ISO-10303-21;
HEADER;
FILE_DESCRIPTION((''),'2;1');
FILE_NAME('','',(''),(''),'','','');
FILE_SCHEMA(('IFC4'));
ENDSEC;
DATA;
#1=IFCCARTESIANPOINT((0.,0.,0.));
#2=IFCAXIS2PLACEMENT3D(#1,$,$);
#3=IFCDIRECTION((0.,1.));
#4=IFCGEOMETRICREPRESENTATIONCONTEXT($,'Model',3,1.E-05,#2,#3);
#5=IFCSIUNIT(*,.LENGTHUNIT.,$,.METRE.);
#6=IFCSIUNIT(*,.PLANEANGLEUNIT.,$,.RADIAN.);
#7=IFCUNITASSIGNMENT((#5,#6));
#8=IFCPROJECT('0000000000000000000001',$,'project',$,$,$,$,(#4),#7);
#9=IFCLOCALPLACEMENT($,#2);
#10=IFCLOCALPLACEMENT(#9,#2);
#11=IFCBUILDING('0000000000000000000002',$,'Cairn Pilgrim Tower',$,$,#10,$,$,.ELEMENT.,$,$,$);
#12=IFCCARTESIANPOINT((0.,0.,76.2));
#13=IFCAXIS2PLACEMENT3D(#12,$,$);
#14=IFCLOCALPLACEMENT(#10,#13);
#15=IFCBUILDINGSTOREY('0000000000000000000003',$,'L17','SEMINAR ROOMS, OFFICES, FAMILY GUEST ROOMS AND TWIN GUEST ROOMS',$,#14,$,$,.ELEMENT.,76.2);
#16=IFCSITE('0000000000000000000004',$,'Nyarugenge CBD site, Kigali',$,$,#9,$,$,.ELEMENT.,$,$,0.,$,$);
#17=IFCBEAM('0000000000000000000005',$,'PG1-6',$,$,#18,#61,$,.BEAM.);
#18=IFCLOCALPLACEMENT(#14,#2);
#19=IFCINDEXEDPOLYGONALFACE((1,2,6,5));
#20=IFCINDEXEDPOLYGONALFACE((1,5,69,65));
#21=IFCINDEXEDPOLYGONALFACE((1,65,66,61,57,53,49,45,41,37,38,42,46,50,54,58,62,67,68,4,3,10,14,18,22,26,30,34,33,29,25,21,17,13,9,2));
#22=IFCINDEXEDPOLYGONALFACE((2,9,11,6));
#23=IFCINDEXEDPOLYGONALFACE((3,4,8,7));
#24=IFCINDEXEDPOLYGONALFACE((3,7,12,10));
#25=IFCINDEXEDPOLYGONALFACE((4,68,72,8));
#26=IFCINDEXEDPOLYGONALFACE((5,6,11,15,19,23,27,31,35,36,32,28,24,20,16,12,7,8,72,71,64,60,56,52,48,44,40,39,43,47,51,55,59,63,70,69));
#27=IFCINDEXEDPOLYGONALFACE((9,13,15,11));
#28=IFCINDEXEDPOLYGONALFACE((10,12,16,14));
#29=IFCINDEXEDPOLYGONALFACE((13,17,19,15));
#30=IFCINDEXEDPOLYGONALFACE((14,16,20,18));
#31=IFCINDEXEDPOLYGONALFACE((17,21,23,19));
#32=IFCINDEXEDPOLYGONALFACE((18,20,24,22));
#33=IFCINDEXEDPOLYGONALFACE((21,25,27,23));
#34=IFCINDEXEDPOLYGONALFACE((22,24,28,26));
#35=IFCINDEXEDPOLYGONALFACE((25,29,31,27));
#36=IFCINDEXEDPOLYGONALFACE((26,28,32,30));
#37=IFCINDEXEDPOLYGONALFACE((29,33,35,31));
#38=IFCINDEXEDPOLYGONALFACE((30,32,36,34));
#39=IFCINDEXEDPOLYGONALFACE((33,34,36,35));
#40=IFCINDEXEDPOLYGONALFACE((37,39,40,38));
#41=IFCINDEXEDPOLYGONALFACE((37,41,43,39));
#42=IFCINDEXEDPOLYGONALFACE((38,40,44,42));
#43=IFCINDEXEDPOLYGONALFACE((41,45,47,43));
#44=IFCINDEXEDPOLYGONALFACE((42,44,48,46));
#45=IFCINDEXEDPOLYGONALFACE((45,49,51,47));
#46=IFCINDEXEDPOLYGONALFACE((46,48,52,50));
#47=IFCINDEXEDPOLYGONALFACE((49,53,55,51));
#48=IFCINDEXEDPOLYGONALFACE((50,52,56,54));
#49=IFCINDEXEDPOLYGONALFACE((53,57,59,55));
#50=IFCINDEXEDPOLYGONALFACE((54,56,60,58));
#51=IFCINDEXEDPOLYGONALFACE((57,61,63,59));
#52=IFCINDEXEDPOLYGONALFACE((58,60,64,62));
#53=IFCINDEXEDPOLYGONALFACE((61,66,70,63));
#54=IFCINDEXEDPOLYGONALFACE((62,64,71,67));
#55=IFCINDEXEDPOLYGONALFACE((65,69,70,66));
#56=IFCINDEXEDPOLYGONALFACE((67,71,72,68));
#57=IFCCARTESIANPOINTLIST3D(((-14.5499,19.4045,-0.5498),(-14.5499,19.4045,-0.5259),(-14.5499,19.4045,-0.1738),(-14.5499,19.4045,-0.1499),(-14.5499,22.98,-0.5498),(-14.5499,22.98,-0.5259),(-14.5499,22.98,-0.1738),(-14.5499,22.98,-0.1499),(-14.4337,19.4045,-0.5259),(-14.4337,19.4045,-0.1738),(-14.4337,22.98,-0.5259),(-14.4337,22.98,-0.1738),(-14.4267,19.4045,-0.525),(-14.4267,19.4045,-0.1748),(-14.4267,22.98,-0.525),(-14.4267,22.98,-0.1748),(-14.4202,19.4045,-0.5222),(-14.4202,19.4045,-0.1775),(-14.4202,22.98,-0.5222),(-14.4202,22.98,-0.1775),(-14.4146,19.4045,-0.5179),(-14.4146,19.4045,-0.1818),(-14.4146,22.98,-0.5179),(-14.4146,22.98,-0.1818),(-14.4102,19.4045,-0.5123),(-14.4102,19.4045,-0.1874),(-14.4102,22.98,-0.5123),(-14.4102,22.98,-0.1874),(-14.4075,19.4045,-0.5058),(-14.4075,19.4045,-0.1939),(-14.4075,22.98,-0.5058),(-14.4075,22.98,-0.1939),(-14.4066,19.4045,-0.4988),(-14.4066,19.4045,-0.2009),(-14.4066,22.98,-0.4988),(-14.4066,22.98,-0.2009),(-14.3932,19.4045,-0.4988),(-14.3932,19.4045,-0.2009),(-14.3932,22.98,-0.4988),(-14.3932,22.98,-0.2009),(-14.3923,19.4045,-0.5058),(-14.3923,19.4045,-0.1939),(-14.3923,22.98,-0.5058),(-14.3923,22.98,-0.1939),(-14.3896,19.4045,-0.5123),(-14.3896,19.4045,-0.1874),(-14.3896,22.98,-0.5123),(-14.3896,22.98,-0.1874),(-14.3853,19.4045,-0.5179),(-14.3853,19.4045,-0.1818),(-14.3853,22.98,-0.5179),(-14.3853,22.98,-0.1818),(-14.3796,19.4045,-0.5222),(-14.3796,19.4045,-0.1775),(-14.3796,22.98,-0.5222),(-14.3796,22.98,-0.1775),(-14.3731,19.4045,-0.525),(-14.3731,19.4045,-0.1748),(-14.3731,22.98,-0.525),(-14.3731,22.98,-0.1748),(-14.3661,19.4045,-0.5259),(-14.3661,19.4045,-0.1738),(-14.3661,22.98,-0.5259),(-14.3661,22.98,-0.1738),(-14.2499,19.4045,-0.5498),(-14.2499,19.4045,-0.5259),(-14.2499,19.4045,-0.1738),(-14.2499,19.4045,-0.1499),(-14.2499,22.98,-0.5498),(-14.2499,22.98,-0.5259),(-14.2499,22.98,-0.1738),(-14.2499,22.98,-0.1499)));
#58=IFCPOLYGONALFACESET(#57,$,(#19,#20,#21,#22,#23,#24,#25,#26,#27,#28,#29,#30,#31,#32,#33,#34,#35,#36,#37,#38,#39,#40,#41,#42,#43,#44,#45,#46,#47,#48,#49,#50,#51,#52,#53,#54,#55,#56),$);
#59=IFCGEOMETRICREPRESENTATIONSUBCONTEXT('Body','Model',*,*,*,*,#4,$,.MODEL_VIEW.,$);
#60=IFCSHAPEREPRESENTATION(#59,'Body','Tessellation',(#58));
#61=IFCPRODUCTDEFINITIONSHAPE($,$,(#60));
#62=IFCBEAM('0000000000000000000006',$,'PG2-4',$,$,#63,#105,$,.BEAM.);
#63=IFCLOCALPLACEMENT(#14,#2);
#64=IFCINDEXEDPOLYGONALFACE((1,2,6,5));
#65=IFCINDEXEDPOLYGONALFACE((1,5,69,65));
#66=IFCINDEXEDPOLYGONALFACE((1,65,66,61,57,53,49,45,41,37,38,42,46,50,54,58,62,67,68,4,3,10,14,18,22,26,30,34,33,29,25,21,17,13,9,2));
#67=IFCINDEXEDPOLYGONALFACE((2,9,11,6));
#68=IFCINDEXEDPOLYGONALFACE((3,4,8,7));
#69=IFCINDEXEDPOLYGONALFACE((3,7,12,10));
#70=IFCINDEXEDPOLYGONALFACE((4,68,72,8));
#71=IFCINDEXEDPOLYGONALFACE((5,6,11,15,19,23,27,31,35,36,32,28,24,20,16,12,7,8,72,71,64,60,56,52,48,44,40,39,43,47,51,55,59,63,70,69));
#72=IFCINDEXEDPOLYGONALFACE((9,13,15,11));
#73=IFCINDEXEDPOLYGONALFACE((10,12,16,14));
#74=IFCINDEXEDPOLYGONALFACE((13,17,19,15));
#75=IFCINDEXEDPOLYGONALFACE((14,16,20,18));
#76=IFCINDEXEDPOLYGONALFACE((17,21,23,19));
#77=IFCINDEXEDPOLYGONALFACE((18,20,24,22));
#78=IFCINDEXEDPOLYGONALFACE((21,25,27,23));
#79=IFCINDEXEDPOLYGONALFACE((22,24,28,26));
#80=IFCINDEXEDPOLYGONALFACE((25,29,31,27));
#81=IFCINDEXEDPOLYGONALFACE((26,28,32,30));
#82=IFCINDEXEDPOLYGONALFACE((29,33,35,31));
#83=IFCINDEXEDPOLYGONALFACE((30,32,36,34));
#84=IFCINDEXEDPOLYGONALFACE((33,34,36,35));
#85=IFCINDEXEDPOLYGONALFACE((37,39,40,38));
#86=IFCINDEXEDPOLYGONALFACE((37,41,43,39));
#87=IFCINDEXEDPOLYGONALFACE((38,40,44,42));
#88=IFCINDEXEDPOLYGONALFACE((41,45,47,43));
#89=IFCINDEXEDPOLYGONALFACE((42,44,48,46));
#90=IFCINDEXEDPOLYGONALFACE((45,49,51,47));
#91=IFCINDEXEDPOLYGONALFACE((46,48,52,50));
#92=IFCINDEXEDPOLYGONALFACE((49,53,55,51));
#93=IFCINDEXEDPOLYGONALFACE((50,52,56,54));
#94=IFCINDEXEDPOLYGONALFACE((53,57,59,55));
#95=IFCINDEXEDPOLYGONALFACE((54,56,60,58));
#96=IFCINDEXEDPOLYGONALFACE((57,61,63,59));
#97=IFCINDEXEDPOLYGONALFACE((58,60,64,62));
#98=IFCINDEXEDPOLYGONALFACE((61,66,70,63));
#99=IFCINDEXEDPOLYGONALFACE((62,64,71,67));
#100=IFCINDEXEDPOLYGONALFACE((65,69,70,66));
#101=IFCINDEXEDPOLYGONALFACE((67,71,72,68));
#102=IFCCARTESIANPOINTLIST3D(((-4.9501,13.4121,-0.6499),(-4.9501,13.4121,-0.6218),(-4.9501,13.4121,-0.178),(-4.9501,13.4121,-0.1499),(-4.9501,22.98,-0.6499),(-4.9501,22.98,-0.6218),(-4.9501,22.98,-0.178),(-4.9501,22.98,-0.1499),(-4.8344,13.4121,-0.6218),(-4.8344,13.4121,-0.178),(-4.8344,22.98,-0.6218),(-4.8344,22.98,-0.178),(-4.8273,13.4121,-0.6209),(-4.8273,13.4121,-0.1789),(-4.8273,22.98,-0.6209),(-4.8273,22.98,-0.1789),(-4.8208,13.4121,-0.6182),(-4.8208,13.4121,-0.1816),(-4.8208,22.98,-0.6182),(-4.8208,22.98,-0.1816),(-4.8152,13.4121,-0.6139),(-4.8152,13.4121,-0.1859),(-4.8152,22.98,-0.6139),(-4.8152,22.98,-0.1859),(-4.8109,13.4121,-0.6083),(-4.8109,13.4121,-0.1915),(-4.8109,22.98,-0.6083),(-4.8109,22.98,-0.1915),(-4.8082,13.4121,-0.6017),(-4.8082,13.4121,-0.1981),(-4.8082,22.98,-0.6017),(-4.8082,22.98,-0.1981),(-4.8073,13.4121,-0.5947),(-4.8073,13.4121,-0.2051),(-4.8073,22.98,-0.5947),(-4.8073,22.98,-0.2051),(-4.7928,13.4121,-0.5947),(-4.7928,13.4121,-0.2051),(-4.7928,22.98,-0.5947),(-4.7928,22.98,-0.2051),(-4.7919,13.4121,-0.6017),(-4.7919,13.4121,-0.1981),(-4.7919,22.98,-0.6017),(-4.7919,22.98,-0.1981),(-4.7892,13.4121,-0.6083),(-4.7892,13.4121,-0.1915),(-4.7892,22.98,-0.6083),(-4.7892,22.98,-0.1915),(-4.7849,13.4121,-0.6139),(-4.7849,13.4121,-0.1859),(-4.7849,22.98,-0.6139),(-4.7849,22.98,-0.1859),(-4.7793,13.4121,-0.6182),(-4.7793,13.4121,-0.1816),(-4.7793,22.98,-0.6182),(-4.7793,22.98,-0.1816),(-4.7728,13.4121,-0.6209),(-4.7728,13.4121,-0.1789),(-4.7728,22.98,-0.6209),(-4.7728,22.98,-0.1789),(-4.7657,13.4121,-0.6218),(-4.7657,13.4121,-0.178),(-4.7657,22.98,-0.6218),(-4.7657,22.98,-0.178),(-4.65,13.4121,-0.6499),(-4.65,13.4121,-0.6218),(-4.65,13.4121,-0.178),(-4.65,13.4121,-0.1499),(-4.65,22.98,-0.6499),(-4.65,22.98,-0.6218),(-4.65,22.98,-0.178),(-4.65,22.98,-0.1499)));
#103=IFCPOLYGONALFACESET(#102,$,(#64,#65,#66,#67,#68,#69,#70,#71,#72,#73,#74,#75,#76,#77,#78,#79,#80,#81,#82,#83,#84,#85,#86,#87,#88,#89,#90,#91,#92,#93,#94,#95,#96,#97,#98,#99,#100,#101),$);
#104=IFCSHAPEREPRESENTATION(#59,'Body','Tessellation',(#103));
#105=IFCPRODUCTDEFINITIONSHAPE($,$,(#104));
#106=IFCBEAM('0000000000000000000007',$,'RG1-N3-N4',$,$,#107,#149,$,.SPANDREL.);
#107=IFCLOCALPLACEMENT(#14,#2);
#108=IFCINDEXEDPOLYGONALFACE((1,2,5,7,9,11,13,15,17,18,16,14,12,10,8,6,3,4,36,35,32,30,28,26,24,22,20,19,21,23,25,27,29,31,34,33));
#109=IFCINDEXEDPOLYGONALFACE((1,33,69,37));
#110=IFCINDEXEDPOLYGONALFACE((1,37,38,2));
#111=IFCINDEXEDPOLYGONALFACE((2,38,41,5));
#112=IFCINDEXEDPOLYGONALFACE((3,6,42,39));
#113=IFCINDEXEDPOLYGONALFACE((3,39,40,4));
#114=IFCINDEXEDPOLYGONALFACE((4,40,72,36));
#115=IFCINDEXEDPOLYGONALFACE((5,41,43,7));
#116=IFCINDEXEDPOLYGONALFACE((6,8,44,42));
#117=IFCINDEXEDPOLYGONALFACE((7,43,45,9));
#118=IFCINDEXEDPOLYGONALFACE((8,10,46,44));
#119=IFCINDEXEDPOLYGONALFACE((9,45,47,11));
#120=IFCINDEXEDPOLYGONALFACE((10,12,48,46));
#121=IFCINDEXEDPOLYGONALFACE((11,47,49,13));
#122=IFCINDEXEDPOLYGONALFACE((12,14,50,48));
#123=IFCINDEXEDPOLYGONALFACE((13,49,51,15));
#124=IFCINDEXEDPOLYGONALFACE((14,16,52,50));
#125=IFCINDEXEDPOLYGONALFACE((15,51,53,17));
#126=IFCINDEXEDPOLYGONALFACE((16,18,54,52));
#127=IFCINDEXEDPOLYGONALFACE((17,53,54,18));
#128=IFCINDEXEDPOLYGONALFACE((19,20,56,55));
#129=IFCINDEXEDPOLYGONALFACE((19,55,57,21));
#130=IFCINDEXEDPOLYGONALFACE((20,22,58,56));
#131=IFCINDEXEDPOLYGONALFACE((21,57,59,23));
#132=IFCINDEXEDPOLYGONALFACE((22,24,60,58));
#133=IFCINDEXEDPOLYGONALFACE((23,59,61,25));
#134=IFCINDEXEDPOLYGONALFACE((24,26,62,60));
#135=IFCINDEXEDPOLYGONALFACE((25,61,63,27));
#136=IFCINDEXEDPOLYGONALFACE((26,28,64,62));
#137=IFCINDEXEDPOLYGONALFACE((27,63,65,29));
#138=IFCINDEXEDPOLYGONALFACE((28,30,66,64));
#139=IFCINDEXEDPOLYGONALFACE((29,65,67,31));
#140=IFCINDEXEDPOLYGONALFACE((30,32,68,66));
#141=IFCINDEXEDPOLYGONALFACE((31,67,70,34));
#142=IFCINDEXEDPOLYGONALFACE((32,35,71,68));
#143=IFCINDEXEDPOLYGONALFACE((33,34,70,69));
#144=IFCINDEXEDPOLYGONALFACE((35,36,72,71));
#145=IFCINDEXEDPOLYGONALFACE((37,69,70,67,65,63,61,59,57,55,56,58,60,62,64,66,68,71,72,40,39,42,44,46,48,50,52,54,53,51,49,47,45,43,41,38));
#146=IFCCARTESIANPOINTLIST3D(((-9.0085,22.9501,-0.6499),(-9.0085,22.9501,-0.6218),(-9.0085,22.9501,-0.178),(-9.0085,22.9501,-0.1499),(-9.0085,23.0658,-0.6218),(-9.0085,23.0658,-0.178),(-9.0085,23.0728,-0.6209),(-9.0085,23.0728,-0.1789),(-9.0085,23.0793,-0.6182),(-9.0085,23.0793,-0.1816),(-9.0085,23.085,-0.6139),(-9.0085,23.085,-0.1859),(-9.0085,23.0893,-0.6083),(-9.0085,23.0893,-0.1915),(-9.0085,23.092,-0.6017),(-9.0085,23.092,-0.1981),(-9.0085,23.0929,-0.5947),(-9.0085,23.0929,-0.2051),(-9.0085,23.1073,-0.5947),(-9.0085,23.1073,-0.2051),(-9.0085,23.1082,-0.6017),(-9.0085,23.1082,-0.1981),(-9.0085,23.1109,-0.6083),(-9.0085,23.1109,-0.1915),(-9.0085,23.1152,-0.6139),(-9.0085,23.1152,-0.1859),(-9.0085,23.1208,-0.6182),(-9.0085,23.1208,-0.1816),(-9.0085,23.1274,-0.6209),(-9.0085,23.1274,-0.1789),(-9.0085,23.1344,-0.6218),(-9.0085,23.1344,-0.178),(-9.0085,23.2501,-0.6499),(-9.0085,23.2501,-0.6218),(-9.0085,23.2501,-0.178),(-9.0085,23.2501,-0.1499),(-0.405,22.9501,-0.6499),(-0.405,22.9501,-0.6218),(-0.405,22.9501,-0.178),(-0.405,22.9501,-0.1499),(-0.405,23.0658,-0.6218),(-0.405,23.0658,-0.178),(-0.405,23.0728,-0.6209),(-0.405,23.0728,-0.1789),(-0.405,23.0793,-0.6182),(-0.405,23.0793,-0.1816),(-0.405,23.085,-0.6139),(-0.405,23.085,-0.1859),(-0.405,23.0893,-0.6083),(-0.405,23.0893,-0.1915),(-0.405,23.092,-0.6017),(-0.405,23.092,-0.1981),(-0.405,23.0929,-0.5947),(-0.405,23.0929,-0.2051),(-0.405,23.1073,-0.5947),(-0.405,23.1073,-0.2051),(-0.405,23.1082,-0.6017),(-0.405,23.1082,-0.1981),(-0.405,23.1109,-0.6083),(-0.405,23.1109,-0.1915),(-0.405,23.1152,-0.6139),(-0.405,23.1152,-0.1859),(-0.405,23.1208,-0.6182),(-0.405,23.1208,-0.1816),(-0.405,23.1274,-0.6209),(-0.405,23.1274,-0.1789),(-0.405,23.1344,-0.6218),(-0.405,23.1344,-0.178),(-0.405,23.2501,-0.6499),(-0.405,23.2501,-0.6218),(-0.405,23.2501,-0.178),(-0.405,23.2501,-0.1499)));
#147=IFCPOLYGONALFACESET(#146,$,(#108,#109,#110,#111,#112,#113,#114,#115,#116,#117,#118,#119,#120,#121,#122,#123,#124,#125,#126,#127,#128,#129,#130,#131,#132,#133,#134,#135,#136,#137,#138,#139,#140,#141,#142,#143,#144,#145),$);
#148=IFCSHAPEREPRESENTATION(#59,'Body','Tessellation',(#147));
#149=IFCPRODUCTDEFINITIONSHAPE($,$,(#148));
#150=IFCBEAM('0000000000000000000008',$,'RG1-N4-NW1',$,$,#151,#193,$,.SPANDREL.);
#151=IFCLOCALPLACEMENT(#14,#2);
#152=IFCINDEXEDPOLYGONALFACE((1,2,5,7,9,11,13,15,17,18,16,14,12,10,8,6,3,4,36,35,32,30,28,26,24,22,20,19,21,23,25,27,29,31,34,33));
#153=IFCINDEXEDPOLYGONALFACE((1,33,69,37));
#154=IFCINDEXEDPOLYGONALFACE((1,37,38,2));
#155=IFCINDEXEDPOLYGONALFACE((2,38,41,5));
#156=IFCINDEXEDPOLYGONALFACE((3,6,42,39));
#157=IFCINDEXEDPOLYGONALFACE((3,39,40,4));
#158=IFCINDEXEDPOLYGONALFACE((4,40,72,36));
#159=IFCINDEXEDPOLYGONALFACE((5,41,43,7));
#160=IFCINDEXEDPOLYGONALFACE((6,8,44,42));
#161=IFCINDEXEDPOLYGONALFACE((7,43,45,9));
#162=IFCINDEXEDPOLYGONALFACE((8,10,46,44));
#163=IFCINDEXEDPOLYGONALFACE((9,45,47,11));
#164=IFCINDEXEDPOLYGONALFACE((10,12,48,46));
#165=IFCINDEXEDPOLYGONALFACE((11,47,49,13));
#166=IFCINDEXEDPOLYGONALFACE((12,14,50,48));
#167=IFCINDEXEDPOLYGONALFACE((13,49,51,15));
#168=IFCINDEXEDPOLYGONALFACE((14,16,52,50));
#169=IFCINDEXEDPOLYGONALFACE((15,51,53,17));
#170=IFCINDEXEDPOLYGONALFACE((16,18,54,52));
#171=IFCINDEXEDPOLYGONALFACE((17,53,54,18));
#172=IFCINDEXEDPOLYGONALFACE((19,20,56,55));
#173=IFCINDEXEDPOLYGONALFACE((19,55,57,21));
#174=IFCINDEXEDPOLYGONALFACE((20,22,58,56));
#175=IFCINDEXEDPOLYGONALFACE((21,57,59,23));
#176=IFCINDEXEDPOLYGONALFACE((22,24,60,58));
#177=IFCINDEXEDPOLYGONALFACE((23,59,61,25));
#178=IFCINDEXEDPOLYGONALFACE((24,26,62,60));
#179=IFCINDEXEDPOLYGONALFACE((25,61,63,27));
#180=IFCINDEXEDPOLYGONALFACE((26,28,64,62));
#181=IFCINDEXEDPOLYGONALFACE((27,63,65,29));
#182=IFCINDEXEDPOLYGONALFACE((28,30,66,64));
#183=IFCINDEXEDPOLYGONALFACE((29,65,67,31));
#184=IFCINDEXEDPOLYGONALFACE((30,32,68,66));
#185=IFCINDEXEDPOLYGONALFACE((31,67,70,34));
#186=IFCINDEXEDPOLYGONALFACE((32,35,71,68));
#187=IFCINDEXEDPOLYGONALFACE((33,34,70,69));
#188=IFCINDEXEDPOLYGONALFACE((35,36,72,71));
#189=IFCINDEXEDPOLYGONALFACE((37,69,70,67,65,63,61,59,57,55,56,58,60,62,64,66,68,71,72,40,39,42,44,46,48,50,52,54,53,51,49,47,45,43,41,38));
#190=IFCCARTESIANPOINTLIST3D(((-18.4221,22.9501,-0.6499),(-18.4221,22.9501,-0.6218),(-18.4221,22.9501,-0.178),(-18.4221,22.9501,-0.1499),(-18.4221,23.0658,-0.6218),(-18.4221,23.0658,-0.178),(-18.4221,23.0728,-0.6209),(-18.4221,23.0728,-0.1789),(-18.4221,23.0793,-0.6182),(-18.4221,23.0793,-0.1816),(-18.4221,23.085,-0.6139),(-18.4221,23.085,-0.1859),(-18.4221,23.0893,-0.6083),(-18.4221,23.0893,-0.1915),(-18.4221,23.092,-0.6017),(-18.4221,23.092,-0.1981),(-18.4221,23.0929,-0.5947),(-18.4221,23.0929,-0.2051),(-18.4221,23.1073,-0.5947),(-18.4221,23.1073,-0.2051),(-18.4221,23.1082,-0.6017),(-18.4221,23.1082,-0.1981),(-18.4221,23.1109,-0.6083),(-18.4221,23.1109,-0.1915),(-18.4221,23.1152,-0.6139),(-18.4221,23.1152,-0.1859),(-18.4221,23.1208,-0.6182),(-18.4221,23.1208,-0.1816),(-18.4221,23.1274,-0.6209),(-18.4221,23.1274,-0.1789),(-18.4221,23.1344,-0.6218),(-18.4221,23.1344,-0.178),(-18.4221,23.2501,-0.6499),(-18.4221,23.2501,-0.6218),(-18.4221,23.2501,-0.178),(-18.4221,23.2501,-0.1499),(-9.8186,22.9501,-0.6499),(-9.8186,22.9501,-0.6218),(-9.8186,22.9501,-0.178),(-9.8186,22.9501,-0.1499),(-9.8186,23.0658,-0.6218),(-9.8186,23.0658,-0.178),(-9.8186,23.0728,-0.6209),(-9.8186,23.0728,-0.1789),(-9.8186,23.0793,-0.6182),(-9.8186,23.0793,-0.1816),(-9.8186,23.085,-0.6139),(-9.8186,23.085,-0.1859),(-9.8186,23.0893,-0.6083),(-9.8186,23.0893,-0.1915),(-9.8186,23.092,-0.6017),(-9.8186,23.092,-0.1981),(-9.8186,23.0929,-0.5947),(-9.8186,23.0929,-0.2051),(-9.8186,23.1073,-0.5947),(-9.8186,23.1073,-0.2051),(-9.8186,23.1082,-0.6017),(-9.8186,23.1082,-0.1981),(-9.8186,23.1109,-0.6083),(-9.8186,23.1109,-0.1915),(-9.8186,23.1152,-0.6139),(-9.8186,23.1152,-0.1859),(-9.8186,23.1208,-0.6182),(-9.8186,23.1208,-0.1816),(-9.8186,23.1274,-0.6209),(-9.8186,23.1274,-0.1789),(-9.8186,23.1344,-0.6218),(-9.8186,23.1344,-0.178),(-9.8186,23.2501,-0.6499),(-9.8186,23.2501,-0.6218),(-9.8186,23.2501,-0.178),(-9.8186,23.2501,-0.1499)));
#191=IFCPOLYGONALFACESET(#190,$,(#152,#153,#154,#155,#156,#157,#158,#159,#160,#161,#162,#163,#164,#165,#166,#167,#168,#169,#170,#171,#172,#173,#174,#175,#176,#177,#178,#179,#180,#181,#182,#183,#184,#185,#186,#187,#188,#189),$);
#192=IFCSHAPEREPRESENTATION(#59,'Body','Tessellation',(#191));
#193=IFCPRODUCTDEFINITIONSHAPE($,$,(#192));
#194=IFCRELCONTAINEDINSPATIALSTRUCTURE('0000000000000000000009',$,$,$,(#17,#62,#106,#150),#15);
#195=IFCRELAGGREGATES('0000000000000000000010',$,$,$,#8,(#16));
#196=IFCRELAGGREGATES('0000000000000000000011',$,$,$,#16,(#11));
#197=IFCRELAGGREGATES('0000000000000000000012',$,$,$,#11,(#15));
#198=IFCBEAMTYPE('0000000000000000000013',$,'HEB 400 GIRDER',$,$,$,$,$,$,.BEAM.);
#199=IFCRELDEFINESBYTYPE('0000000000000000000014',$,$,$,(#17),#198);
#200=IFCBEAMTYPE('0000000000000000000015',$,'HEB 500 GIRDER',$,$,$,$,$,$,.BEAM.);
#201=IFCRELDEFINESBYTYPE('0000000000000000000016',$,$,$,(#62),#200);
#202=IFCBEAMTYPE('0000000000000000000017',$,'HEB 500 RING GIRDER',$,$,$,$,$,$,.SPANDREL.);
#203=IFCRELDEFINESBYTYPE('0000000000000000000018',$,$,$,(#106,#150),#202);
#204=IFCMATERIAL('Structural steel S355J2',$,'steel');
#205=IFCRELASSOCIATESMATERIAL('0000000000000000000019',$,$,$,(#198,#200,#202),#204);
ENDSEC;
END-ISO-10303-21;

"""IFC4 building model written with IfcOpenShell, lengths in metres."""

from ifc_helpers import new_model, si_unit, direction, frame, origin, origin_2d, place, context, subcontext, project, spatial, i_section, extrude, material, material_profile, profile_set, type_object, element, save


model = new_model("IFC4")

# Units and contexts
model_context = context("Model", 3, precision=1e-05, world=origin(), true_north=direction((0.0, 1.0)))
body_context = subcontext(model_context, "Body", "Model", "MODEL_VIEW")
ifc_project = project(units=[si_unit("LENGTHUNIT", "METRE"), si_unit("PLANEANGLEUNIT", "RADIAN")], contexts=[model_context])

# Site, building, storey
site_placement = place(None, origin())
site = spatial("IfcSite", under=ifc_project, at=site_placement, Name="Nyarugenge CBD site, Kigali", CompositionType="ELEMENT", RefElevation=0.0)
building_placement = place(site_placement, origin())
building = spatial("IfcBuilding", under=site, at=building_placement, Name="Cairn Pilgrim Tower", CompositionType="ELEMENT")
storey_placement = place(building_placement, frame((0.0, 0.0, 76.2)))
storey = spatial("IfcBuildingStorey", under=building, at=storey_placement, Name="L17", Description="SEMINAR ROOMS, OFFICES, FAMILY GUEST ROOMS AND TWIN GUEST ROOMS", CompositionType="ELEMENT", Elevation=76.2)

# Beams
ifc_material_1 = material(Name="Structural steel S355J2", Category="steel")
ifc_material_profile_1 = material_profile(ifc_material_1, i_section(OverallWidth=0.3, OverallDepth=0.3999, WebThickness=0.0134, FlangeThickness=0.0239, FilletRadius=0.0271, at=origin_2d()), Name="HEB 400")
ifc_profile_set_1 = profile_set([ifc_material_profile_1], Name="Structural steel S355J2")
beam_type_1 = type_object("IfcBeamType", Name="HEB 400 GIRDER", PredefinedType="BEAM", material=ifc_profile_set_1)
beam_1_placement = place(storey_placement, frame((-14.3999, 19.4045, -0.3499), z_axis=(0.0, 1.0, 0.0), x_axis=(-1.0, 0.0, 0.0)))
element("IfcBeam", 1, at=beam_1_placement, inside=storey, type_object=beam_type_1, Name="PG1-6", PredefinedType="BEAM", context=body_context, shape_type="SweptSolid", body=[
    extrude(i_section(OverallWidth=0.3, OverallDepth=0.3999, WebThickness=0.0134, FlangeThickness=0.0239, FilletRadius=0.0271, at=origin_2d()), origin(), (0.0, 0.0, 1.0), 3.5754),
])
ifc_material_profile_2 = material_profile(ifc_material_1, i_section(OverallWidth=0.3, OverallDepth=0.5, WebThickness=0.0144, FlangeThickness=0.0281, FilletRadius=0.0271, at=origin_2d()), Name="HEB 500")
ifc_profile_set_2 = profile_set([ifc_material_profile_2], Name="Structural steel S355J2")
beam_type_2 = type_object("IfcBeamType", Name="HEB 500 GIRDER", PredefinedType="BEAM", material=ifc_profile_set_2)
beam_2_placement = place(storey_placement, frame((-4.8, 13.4121, -0.3999), z_axis=(0.0, 1.0, 0.0), x_axis=(-1.0, 0.0, 0.0)))
element("IfcBeam", 2, at=beam_2_placement, inside=storey, type_object=beam_type_2, Name="PG2-4", PredefinedType="BEAM", context=body_context, shape_type="SweptSolid", body=[
    extrude(i_section(OverallWidth=0.3, OverallDepth=0.5, WebThickness=0.0144, FlangeThickness=0.0281, FilletRadius=0.0271, at=origin_2d()), origin(), (0.0, 0.0, 1.0), 9.5679),
])
ifc_material_profile_3 = material_profile(ifc_material_1, i_section(OverallWidth=0.3, OverallDepth=0.5, WebThickness=0.0144, FlangeThickness=0.0281, FilletRadius=0.0271, at=origin_2d()), Name="HEB 500")
ifc_profile_set_3 = profile_set([ifc_material_profile_3], Name="Structural steel S355J2")
beam_type_3 = type_object("IfcBeamType", Name="HEB 500 RING GIRDER", PredefinedType="SPANDREL", material=ifc_profile_set_3)
for number, where, z_axis, x_axis, name in (
    (3, (-0.405, 23.1001, -0.3999), (-1.0, 0.0, 0.0), (0.0, -1.0, 0.0), "RG1-N3-N4"),
    (4, (-9.8186, 23.1001, -0.3999), (-1.0, 0.0, 0.0), (0.0, -1.0, 0.0), "RG1-N4-NW1"),
):
    element("IfcBeam", number, at=place(storey_placement, frame(where, z_axis=z_axis, x_axis=x_axis)), inside=storey, type_object=beam_type_3, Name=name, PredefinedType="SPANDREL", context=body_context, shape_type="SweptSolid", body=[
        extrude(i_section(OverallWidth=0.3, OverallDepth=0.5, WebThickness=0.0144, FlangeThickness=0.0281, FilletRadius=0.0271, at=origin_2d()), origin(), (0.0, 0.0, 1.0), 8.6035),
    ])

save(model, "model.ifc")
